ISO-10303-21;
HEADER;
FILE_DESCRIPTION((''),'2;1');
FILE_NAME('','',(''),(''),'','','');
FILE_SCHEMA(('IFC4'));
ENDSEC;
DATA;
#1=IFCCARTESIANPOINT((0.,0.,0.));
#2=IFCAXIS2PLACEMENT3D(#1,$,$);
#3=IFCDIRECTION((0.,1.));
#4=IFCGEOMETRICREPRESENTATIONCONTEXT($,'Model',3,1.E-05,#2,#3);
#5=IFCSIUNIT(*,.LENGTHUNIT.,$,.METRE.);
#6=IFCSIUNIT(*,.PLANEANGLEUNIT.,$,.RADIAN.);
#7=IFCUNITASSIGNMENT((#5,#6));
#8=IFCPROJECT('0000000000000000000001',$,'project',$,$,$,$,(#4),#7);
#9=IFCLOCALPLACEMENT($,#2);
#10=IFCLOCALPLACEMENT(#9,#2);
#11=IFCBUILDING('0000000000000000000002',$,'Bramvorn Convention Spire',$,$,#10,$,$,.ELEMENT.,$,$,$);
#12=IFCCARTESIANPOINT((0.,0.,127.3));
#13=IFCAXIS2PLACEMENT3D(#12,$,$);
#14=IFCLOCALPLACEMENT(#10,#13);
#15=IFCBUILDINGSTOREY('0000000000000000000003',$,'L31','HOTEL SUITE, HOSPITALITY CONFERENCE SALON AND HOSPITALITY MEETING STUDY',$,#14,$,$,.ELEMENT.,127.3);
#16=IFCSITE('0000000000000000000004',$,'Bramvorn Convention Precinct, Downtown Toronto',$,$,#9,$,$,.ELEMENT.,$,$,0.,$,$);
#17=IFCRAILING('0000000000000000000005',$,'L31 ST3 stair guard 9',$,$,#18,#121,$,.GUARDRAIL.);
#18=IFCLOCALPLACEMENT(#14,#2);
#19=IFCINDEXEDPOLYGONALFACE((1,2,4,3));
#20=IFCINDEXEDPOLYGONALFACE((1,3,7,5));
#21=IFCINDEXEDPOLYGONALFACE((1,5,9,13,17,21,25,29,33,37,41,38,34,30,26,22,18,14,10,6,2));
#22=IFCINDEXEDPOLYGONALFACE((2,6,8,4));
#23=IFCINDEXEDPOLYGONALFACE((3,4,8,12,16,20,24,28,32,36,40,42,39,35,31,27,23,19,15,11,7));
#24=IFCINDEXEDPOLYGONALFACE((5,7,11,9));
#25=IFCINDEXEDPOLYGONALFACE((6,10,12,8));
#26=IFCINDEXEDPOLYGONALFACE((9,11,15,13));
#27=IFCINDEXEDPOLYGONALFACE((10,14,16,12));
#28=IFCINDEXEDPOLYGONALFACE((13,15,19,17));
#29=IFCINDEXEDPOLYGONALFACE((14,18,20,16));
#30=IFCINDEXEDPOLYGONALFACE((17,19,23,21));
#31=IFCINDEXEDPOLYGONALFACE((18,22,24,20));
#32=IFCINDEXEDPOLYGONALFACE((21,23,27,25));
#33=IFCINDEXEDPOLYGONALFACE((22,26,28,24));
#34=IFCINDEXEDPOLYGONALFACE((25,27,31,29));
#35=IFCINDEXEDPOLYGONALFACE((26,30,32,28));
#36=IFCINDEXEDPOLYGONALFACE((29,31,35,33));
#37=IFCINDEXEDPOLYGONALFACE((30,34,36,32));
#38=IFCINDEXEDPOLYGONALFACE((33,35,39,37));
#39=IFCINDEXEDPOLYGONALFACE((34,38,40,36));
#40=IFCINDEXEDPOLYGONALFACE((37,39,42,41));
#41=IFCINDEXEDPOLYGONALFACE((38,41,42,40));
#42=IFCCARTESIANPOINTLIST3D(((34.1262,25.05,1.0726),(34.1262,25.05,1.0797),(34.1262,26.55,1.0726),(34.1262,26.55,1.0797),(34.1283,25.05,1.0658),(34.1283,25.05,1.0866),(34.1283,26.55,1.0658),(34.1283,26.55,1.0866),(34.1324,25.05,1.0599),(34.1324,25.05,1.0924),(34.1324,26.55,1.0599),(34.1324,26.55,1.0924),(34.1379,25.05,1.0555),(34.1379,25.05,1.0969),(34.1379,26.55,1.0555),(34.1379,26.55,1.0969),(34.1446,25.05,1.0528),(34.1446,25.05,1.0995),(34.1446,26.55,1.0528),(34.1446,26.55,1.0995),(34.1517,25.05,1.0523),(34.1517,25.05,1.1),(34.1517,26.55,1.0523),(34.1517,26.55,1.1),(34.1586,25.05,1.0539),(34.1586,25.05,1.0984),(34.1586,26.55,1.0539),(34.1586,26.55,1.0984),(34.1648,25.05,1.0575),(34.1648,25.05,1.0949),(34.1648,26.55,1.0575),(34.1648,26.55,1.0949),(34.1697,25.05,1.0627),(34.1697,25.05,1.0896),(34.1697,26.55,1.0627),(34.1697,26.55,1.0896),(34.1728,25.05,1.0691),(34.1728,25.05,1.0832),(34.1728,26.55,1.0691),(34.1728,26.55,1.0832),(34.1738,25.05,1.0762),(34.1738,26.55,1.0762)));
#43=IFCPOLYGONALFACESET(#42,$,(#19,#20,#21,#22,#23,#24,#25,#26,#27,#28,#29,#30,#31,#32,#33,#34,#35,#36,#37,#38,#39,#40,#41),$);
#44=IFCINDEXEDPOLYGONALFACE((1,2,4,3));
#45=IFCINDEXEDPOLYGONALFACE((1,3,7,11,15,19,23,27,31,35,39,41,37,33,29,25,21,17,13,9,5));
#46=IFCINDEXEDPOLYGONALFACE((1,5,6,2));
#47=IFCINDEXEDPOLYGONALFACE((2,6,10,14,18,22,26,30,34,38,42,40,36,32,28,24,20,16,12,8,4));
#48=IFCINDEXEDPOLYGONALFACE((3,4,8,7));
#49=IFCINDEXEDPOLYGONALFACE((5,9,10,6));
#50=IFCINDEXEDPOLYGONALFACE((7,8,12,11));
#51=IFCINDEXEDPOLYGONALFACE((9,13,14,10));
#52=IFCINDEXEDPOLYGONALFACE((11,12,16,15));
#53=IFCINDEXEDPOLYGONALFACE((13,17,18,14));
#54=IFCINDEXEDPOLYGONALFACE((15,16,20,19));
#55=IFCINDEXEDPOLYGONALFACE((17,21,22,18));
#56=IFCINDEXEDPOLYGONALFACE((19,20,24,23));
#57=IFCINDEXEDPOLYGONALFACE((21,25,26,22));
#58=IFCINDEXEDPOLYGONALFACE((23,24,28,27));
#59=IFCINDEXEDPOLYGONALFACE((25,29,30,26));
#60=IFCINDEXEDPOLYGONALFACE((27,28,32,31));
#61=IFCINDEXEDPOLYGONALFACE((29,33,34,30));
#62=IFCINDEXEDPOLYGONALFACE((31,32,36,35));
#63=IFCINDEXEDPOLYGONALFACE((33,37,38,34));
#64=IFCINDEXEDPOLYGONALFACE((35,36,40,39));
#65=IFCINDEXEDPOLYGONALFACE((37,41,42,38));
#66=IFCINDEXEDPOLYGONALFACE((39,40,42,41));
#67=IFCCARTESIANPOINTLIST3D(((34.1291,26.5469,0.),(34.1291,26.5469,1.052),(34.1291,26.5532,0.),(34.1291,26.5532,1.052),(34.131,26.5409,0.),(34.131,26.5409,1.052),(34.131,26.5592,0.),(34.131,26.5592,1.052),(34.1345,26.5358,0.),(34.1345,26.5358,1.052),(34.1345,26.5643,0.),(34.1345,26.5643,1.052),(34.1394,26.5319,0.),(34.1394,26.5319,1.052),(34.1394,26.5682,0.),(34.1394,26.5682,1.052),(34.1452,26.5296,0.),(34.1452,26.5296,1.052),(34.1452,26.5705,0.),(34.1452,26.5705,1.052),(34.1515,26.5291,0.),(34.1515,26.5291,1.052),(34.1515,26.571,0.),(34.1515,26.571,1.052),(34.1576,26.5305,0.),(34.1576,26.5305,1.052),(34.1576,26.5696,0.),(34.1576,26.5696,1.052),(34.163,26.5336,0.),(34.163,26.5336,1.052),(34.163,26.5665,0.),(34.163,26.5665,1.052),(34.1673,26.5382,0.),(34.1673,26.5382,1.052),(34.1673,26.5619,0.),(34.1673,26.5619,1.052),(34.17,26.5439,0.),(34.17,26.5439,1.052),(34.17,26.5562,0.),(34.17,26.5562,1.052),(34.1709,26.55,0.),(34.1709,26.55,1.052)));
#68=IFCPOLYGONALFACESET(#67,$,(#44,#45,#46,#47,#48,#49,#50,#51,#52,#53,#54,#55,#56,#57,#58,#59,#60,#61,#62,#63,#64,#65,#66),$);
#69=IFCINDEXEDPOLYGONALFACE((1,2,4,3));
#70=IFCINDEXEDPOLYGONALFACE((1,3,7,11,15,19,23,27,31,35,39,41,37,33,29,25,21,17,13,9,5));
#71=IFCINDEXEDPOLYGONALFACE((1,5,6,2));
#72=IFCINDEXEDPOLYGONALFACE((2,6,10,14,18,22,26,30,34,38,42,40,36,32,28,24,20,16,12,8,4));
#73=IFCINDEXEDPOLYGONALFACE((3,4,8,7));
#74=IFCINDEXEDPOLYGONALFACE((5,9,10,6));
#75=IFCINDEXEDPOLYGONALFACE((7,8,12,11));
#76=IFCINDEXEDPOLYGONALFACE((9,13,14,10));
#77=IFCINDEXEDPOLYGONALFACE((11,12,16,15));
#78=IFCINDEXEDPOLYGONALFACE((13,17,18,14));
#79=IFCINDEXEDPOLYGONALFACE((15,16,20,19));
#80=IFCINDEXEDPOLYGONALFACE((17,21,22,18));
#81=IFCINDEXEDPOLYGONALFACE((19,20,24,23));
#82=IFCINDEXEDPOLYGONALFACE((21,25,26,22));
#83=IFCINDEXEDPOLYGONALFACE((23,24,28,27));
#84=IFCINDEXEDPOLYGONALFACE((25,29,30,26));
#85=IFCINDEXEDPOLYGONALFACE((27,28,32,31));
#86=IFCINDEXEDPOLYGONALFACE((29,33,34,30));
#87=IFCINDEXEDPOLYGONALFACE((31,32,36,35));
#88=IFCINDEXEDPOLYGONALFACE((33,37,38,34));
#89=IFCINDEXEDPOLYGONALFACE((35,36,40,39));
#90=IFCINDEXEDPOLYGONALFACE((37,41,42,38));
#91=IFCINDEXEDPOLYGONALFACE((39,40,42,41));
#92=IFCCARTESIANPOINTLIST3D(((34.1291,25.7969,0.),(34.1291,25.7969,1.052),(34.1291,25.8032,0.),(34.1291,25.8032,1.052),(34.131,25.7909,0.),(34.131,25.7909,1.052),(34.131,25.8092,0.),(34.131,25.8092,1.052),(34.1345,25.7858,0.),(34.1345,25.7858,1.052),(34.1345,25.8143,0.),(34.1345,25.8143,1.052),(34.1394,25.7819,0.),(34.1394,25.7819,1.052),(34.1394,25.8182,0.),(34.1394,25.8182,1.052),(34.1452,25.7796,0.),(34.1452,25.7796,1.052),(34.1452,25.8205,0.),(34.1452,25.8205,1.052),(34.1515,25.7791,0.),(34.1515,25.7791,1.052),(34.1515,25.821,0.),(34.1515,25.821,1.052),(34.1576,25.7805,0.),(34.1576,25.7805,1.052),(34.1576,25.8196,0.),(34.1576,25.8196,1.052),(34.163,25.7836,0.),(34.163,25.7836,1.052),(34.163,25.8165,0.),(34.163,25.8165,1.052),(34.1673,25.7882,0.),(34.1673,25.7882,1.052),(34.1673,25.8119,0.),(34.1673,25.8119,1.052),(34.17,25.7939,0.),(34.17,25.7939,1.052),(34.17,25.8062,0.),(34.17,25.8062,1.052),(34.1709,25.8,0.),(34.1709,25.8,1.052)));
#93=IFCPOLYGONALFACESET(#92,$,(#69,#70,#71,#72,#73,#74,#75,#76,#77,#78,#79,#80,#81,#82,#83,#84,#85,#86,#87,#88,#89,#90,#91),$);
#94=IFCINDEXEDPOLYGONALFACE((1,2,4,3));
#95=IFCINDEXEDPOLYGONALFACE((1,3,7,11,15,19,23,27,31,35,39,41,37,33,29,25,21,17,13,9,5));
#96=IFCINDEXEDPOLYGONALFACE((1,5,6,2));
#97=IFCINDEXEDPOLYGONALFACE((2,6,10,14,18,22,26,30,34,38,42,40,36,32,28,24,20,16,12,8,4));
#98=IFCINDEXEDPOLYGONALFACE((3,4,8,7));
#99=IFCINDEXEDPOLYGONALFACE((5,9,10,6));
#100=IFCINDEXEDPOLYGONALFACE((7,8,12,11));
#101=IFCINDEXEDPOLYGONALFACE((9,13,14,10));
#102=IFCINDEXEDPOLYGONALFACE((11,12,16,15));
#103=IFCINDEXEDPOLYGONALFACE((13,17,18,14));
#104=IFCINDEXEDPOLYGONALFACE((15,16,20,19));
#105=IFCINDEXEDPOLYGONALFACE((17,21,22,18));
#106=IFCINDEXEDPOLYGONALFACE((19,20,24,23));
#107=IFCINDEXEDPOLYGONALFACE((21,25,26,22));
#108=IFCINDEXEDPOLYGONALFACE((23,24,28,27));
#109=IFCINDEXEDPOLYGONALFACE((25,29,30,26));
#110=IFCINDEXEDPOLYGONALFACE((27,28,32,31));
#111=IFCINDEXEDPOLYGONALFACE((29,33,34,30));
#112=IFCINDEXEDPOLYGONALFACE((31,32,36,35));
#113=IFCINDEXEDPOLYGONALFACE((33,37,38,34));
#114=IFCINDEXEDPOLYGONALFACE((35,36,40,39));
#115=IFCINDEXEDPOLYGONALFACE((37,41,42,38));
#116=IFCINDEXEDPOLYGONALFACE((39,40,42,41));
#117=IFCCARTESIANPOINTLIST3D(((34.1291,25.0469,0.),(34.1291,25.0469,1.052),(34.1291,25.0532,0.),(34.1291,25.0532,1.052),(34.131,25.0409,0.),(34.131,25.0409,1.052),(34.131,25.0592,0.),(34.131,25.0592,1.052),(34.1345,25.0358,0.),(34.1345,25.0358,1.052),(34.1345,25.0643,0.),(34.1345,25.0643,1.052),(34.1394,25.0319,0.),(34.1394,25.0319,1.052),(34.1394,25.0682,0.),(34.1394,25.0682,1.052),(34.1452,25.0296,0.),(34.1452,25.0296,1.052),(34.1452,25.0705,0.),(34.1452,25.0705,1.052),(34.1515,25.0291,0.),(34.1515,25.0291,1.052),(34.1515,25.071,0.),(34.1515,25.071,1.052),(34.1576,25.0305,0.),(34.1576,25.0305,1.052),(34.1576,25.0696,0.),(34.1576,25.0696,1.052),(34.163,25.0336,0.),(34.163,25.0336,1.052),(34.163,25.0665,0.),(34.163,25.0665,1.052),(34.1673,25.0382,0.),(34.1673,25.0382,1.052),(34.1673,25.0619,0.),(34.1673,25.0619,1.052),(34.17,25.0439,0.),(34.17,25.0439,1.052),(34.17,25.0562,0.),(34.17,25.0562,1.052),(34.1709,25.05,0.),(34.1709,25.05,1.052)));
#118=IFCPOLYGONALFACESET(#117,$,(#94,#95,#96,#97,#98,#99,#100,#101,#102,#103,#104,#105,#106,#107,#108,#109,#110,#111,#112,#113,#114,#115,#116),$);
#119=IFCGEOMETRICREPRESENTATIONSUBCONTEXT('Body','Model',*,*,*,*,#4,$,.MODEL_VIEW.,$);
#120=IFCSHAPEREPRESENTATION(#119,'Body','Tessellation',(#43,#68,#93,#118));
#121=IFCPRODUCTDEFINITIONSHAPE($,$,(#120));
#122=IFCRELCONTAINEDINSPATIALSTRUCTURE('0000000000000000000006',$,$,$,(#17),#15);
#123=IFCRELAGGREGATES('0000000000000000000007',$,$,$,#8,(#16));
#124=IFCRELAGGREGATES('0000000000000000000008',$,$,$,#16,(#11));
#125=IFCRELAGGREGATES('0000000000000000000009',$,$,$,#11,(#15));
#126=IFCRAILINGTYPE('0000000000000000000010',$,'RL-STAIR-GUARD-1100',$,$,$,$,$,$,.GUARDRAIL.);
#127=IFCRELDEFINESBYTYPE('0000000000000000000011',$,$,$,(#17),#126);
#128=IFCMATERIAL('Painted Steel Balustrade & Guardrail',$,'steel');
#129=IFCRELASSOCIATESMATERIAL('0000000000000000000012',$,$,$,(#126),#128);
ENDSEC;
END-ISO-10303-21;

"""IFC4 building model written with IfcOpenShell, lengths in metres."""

from ifc_helpers import new_model, si_unit, direction, frame, origin, origin_2d, place, context, subcontext, project, spatial, circle, extrude, material, type_object, element, save


model = new_model("IFC4")

# Units and contexts
model_context = context("Model", 3, precision=1e-05, world=origin(), true_north=direction((0.0, 1.0)))
body_context = subcontext(model_context, "Body", "Model", "MODEL_VIEW")
ifc_project = project(units=[si_unit("LENGTHUNIT", "METRE"), si_unit("PLANEANGLEUNIT", "RADIAN")], contexts=[model_context])

# Site, building, storey
site_placement = place(None, origin())
site = spatial("IfcSite", under=ifc_project, at=site_placement, Name="Bramvorn Convention Precinct, Downtown Toronto", CompositionType="ELEMENT", RefElevation=0.0)
building_placement = place(site_placement, origin())
building = spatial("IfcBuilding", under=site, at=building_placement, Name="Bramvorn Convention Spire", CompositionType="ELEMENT")
storey_placement = place(building_placement, frame((0.0, 0.0, 127.3)))
storey = spatial("IfcBuildingStorey", under=building, at=storey_placement, Name="L31", Description="HOTEL SUITE, HOSPITALITY CONFERENCE SALON AND HOSPITALITY MEETING STUDY", CompositionType="ELEMENT", Elevation=127.3)

# Railing
ifc_material_1 = material(Name="Painted Steel Balustrade & Guardrail", Category="steel")
railing_type = type_object("IfcRailingType", Name="RL-STAIR-GUARD-1100", PredefinedType="GUARDRAIL", material=ifc_material_1)
for number, where, name in (
    (1, (34.1499, 26.55, 0.0), "L31 ST3 stair guard 9"),
):
    element("IfcRailing", number, at=place(storey_placement, frame(where)), inside=storey, type_object=railing_type, Name=name, PredefinedType="GUARDRAIL", context=body_context, shape_type="SweptSolid", body=[
        extrude(circle(Radius=0.0239, at=origin_2d()), frame((0.0, 0.0, 1.0762), z_axis=(0.0, -1.0, 0.0), x_axis=(1.0, 0.0, 0.0)), (0.0, 0.0, 1.0), 1.5),
        extrude(circle(Radius=0.021, at=origin_2d()), origin(), (0.0, 0.0, 1.0), 1.052),
        extrude(circle(Radius=0.021, at=origin_2d()), frame((0.0, -0.75, 0.0)), (0.0, 0.0, 1.0), 1.052),
        extrude(circle(Radius=0.021, at=origin_2d()), frame((0.0, -1.5, 0.0)), (0.0, 0.0, 1.0), 1.052),
    ])

save(model, "model.ifc")
